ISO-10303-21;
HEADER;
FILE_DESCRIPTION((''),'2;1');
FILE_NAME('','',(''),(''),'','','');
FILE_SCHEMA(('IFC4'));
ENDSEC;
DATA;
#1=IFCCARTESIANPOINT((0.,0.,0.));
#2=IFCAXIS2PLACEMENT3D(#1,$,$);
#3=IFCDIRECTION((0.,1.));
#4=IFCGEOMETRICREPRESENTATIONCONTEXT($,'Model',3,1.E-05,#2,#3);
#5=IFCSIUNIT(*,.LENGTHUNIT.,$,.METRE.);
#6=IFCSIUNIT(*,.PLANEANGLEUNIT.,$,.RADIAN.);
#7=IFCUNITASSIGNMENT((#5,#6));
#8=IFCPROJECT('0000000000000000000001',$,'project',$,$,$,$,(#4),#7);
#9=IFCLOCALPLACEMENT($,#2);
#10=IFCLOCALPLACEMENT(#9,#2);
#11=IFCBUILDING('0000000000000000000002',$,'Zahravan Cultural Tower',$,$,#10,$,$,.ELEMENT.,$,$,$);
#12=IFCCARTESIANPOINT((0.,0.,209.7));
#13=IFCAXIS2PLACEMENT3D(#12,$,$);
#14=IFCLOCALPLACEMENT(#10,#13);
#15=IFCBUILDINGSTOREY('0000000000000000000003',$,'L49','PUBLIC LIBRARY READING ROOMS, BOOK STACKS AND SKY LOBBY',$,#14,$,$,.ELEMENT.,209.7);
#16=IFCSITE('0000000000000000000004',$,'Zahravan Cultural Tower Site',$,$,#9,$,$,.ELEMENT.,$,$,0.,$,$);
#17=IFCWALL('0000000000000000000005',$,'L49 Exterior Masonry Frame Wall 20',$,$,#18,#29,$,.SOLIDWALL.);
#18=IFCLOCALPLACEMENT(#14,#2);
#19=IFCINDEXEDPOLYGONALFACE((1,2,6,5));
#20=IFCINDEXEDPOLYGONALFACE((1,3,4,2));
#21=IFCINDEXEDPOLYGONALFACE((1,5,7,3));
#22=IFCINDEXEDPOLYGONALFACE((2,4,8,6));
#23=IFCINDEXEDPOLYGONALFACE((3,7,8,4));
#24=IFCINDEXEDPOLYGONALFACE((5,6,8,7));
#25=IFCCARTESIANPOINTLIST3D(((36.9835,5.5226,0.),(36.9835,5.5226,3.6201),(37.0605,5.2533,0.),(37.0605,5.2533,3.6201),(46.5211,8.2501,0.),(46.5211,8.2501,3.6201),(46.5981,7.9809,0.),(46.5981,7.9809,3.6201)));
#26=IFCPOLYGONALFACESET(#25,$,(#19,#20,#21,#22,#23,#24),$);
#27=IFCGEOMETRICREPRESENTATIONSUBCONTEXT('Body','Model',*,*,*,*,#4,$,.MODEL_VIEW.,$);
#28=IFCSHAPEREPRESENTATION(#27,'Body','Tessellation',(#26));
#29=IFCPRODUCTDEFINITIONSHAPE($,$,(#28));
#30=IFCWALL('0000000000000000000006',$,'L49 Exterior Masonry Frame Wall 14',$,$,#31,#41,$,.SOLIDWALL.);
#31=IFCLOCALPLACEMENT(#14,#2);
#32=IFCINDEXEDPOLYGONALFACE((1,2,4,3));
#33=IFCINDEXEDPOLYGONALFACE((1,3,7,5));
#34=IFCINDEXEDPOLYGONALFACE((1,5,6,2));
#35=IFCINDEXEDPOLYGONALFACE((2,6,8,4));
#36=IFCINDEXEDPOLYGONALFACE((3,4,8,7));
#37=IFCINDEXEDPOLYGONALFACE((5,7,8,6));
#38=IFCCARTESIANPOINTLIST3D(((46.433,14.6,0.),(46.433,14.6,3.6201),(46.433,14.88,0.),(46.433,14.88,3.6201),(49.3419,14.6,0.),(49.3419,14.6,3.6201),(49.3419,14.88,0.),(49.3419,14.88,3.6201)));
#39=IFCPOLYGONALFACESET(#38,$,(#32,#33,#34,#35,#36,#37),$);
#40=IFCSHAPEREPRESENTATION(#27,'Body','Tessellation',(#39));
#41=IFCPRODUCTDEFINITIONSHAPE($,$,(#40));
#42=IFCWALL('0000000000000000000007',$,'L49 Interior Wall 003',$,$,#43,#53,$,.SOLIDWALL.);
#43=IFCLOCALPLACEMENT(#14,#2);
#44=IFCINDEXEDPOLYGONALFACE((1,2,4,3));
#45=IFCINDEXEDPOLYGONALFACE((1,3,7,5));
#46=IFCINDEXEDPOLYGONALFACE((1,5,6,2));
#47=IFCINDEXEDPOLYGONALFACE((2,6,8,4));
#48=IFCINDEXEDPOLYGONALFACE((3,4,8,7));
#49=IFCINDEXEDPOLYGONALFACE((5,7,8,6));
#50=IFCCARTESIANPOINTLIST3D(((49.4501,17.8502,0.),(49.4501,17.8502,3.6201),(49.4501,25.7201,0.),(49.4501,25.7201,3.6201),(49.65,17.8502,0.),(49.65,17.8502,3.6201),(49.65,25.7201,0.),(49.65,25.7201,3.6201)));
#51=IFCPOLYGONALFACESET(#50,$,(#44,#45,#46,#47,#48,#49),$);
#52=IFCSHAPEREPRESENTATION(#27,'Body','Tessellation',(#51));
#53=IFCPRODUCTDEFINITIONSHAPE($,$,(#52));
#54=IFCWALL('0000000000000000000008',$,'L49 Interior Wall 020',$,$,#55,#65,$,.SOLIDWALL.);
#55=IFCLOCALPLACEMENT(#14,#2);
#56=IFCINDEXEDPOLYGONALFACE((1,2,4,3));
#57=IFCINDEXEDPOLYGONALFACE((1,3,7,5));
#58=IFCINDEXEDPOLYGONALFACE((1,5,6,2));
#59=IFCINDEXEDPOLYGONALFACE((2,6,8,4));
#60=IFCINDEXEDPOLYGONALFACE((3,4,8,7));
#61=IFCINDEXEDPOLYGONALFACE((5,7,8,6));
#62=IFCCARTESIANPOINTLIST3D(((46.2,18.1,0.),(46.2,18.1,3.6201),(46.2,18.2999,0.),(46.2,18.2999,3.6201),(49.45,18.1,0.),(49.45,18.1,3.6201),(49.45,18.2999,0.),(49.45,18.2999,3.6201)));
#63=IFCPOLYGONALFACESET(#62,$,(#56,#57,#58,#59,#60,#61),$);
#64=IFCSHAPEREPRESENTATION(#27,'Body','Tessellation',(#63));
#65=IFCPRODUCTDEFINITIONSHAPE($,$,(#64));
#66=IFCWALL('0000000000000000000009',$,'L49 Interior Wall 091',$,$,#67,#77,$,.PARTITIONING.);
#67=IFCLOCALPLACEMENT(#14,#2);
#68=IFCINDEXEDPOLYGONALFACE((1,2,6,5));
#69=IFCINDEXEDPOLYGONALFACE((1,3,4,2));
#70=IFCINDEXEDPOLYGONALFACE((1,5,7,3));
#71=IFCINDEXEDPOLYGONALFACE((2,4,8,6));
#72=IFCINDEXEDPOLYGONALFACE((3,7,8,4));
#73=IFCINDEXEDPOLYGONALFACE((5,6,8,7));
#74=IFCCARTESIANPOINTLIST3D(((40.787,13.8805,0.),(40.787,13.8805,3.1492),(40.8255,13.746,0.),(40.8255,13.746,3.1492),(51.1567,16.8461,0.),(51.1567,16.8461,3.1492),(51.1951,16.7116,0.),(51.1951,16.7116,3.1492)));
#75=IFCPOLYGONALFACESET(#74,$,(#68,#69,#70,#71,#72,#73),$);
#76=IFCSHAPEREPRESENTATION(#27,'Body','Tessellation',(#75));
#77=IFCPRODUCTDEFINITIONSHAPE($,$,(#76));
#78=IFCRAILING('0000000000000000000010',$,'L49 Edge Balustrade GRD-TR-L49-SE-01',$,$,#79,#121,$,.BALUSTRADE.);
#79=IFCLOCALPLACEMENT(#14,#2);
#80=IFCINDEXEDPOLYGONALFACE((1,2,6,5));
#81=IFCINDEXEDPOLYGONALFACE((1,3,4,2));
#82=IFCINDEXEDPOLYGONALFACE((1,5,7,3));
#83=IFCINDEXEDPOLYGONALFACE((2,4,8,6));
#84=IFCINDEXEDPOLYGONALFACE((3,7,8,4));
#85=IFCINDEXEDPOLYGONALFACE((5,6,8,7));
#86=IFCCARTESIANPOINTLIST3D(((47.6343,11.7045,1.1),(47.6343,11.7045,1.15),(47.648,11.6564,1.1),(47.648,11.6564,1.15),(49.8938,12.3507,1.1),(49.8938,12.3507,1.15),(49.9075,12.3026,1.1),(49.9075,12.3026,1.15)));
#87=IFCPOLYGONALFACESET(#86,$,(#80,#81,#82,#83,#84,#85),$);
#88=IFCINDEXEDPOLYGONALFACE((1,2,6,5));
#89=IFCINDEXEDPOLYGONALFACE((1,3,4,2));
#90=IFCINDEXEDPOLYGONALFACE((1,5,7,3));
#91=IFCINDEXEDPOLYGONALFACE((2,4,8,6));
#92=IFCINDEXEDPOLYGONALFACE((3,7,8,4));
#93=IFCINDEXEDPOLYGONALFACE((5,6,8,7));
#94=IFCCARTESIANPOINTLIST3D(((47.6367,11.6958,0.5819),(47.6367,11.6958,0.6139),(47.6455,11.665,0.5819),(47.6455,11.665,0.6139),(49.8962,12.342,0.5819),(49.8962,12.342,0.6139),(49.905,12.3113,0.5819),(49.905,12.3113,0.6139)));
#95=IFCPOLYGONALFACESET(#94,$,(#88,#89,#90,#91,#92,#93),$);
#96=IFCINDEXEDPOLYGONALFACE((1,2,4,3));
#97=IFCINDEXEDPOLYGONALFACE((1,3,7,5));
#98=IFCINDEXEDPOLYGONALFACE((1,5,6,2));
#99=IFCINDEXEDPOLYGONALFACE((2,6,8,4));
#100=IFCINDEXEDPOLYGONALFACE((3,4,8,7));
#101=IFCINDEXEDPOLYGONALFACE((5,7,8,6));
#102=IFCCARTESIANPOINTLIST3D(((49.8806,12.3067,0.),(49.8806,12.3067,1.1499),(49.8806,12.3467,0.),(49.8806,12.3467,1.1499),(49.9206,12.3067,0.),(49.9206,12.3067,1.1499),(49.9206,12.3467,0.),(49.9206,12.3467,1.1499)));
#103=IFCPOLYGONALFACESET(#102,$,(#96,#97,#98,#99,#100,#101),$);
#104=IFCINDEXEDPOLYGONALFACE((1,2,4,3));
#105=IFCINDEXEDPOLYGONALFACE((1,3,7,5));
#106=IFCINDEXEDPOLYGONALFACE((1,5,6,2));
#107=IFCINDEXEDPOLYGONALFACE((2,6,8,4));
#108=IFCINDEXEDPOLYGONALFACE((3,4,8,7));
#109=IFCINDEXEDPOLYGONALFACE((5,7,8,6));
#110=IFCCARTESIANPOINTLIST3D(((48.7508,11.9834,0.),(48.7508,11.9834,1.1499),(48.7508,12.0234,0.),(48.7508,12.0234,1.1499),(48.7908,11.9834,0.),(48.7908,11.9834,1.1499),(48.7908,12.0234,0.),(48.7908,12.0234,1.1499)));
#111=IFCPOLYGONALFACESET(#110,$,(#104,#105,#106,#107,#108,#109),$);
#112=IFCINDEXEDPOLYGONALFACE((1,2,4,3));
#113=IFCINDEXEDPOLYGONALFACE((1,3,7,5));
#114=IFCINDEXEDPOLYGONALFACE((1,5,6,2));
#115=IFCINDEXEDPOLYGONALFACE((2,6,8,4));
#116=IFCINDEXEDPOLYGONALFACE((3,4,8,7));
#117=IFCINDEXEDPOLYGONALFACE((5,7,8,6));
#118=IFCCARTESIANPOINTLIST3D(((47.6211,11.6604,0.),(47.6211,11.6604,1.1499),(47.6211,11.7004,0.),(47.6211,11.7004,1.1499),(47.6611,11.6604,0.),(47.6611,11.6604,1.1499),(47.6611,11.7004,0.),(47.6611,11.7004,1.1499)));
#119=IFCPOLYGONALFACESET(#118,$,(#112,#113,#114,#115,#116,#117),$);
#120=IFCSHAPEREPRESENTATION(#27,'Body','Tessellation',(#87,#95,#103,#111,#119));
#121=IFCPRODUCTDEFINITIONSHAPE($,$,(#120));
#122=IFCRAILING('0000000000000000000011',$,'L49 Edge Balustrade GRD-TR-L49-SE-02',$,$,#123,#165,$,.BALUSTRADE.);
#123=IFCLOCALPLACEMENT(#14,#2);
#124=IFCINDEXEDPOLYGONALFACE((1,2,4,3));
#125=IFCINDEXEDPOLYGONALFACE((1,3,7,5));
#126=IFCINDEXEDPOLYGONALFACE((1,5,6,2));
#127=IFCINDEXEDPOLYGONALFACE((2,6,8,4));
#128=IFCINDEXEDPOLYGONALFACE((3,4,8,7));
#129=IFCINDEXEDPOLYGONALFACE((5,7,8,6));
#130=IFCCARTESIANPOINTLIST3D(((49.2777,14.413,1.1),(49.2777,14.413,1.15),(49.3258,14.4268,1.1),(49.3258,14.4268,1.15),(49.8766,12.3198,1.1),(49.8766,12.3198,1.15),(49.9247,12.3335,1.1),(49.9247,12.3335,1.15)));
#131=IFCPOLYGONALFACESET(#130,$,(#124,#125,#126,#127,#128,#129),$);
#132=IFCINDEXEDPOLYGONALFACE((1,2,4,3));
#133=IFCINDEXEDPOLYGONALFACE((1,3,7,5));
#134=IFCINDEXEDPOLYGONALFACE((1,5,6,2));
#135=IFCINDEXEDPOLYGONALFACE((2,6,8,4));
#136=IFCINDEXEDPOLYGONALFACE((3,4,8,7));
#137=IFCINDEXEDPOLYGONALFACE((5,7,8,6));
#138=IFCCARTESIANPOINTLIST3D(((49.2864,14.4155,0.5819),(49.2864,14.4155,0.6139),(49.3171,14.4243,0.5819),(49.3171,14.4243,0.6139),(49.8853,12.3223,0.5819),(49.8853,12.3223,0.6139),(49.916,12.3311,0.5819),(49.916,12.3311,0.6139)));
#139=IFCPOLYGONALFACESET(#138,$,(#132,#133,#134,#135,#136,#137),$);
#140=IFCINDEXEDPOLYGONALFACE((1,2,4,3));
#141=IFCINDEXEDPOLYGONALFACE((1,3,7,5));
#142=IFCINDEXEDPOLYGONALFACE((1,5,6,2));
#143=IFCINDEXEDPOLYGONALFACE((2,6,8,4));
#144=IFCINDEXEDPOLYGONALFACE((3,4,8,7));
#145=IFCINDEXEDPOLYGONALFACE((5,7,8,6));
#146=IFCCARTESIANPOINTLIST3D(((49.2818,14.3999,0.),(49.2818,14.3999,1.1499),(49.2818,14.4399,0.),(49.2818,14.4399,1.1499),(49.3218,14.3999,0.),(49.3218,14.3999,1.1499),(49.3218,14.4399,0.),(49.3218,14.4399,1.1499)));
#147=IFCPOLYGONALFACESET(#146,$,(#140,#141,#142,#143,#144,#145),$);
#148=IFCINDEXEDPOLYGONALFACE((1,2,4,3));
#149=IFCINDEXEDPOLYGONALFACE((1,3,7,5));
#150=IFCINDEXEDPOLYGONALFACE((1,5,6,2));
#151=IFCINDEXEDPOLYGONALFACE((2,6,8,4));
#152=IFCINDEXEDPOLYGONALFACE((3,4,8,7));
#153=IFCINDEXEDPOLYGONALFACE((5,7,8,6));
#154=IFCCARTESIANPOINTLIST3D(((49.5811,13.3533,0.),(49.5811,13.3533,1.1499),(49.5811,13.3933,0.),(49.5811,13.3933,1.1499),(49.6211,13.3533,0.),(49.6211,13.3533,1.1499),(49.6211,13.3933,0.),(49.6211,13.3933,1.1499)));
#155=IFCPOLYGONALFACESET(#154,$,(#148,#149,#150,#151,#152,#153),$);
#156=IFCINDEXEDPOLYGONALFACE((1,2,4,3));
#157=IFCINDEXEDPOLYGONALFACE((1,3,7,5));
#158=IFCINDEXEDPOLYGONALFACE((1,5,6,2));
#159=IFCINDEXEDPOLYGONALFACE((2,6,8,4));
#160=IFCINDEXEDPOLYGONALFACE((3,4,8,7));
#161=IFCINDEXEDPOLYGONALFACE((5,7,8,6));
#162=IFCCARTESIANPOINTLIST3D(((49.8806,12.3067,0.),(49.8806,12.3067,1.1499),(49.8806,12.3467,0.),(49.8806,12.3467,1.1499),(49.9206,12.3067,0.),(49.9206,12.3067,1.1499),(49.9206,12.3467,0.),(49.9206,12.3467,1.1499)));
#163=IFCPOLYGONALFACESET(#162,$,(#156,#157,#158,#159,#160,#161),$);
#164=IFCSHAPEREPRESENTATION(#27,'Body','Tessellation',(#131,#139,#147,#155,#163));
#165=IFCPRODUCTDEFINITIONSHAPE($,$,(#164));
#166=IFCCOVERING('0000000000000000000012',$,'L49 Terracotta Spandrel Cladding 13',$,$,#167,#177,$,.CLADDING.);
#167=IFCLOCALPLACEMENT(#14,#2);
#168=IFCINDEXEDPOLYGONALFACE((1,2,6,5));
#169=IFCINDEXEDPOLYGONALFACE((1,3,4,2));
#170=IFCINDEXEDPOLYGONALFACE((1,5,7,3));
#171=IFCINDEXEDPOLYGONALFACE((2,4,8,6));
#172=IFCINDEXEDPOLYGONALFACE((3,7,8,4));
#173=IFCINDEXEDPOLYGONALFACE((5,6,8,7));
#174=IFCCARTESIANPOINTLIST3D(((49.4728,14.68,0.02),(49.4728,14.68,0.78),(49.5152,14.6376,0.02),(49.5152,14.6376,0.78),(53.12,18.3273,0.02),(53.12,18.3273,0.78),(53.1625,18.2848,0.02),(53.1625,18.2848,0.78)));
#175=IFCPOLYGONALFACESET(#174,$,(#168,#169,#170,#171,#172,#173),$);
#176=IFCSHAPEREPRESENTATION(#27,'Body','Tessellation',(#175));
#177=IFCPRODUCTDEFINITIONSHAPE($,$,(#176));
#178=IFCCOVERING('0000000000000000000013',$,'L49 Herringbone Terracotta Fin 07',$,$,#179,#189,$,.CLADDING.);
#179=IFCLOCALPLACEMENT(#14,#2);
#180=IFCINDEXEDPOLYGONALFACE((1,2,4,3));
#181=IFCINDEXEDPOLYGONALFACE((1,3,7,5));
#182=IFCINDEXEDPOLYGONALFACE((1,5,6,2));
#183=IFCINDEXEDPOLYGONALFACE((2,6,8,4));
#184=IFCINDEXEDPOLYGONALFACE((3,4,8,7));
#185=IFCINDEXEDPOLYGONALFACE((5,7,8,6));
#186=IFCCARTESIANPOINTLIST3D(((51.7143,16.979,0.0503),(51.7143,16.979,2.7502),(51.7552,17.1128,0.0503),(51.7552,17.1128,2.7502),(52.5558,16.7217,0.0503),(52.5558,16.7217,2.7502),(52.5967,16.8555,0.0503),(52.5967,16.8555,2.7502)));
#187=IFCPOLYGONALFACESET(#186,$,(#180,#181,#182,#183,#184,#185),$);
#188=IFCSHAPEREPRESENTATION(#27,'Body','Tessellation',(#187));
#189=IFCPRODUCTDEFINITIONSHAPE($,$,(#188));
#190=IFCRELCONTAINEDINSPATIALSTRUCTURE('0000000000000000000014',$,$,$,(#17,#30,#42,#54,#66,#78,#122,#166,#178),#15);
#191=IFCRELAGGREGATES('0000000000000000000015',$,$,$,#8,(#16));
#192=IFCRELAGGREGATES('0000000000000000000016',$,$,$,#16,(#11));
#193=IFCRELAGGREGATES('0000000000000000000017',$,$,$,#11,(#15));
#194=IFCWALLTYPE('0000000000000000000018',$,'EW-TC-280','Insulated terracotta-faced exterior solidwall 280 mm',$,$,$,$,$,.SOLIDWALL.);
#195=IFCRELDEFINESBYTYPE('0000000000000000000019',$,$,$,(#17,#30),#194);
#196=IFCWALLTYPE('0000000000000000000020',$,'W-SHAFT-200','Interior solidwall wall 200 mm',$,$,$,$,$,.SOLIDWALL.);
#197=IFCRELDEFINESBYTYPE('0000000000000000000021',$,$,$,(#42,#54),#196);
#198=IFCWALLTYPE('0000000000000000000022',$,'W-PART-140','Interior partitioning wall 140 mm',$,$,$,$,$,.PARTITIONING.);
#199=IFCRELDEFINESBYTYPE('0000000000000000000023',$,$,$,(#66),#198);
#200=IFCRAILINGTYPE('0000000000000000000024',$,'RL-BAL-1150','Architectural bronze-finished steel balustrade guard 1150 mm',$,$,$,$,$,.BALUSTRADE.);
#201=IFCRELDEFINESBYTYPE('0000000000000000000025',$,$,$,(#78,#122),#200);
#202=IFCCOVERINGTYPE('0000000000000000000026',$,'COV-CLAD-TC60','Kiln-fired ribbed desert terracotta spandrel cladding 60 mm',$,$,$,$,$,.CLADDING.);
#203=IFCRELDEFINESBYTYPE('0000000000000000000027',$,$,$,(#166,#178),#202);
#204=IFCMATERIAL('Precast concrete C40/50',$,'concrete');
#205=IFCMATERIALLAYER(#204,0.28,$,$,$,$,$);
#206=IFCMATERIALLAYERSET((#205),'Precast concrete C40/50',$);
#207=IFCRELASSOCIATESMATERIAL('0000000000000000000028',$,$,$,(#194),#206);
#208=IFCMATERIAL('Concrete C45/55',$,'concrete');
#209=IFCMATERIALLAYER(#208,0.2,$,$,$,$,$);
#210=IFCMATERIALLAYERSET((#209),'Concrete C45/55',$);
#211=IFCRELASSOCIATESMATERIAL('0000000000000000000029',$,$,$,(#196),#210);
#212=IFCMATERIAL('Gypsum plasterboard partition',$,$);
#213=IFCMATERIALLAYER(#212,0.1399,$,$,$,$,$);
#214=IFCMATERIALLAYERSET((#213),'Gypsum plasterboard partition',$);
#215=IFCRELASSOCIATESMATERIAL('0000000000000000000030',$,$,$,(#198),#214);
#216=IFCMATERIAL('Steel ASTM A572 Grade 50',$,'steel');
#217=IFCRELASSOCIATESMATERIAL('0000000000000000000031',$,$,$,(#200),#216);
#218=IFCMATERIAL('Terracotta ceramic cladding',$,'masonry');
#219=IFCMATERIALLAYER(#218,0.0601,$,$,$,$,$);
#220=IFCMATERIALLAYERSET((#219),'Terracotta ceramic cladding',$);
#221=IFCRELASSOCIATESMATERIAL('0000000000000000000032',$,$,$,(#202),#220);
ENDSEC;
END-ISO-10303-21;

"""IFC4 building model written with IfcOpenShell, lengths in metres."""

from ifc_helpers import new_model, si_unit, direction, frame, frame_2d, origin, origin_2d, place, context, subcontext, project, spatial, rectangle, extrude, source, transform, mapped, material, layer, layer_set, type_object, element, save


model = new_model("IFC4")

# Units and contexts
model_context = context("Model", 3, precision=1e-05, world=origin(), true_north=direction((0.0, 1.0)))
body_context = subcontext(model_context, "Body", "Model", "MODEL_VIEW")
ifc_project = project(units=[si_unit("LENGTHUNIT", "METRE"), si_unit("PLANEANGLEUNIT", "RADIAN")], contexts=[model_context])

# Site, building, storey
site_placement = place(None, origin())
site = spatial("IfcSite", under=ifc_project, at=site_placement, Name="Zahravan Cultural Tower Site", CompositionType="ELEMENT", RefElevation=0.0)
building_placement = place(site_placement, origin())
building = spatial("IfcBuilding", under=site, at=building_placement, Name="Zahravan Cultural Tower", CompositionType="ELEMENT")
storey_placement = place(building_placement, frame((0.0, 0.0, 209.7)))
storey = spatial("IfcBuildingStorey", under=building, at=storey_placement, Name="L49", Description="PUBLIC LIBRARY READING ROOMS, BOOK STACKS AND SKY LOBBY", CompositionType="ELEMENT", Elevation=209.7)

# Shared definitions
ifc_material_1 = material(Name="Precast concrete C40/50", Category="concrete")
ifc_layer_1 = layer(ifc_material_1, 0.28)
ifc_layer_set_1 = layer_set([ifc_layer_1], Name="Precast concrete C40/50")
wall_type_1 = type_object("IfcWallType", Name="EW-TC-280", Description="Insulated terracotta-faced exterior solidwall 280 mm", PredefinedType="SOLIDWALL", material=ifc_layer_set_1)
ifc_material_2 = material(Name="Concrete C45/55", Category="concrete")
ifc_layer_2 = layer(ifc_material_2, 0.2)
ifc_layer_set_2 = layer_set([ifc_layer_2], Name="Concrete C45/55")
wall_type_2 = type_object("IfcWallType", Name="W-SHAFT-200", Description="Interior solidwall wall 200 mm", PredefinedType="SOLIDWALL", material=ifc_layer_set_2)
ifc_material_3 = material(Name="Steel ASTM A572 Grade 50", Category="steel")

# Walls
shared_shape_1 = source(origin(), body_context, "Body", "SweptSolid", [
    extrude(rectangle(XDim=9.9199, YDim=0.28, at=frame_2d((4.96, 0.0))), origin(), (0.0, 0.0, 1.0), 3.6201),
])
wall_1_placement = place(storey_placement, frame((46.5596, 8.1155, 0.0), z_axis=(0.0, 0.0, 1.0), x_axis=(-0.961457, -0.274955, 0.0)))
element("IfcWall", 1, at=wall_1_placement, inside=storey, type_object=wall_type_1, Name="L49 Exterior Masonry Frame Wall 20", PredefinedType="SOLIDWALL", context=body_context, shape_type="MappedRepresentation", body=[
    mapped(shared_shape_1, transform((0.0, 0.0, 0.0), x_axis=(1.0, 0.0, 0.0), y_axis=(0.0, 1.0, 0.0), z_axis=(0.0, 0.0, 1.0), scale=1.0)),
])
shared_shape_2 = source(origin(), body_context, "Body", "SweptSolid", [
    extrude(rectangle(XDim=2.9089, YDim=0.28, at=frame_2d((1.4546, 0.0))), origin(), (0.0, 0.0, 1.0), 3.6201),
])
wall_2_placement = place(storey_placement, frame((49.342, 14.74, 0.0), z_axis=(0.0, 0.0, 1.0), x_axis=(-1.0, 0.0, 0.0)))
element("IfcWall", 2, at=wall_2_placement, inside=storey, type_object=wall_type_1, Name="L49 Exterior Masonry Frame Wall 14", PredefinedType="SOLIDWALL", context=body_context, shape_type="MappedRepresentation", body=[
    mapped(shared_shape_2, transform((0.0, 0.0, 0.0), x_axis=(1.0, 0.0, 0.0), y_axis=(0.0, 1.0, 0.0), z_axis=(0.0, 0.0, 1.0), scale=1.0)),
])
shared_shape_3 = source(origin(), body_context, "Body", "SweptSolid", [
    extrude(rectangle(XDim=7.8699, YDim=0.2, at=frame_2d((3.9351, 0.0))), origin(), (0.0, 0.0, 1.0), 3.6201),
])
wall_3_placement = place(storey_placement, frame((49.55, 17.8501, 0.0), z_axis=(0.0, 0.0, 1.0), x_axis=(0.0, 1.0, 0.0)))
element("IfcWall", 3, at=wall_3_placement, inside=storey, type_object=wall_type_2, Name="L49 Interior Wall 003", PredefinedType="SOLIDWALL", context=body_context, shape_type="MappedRepresentation", body=[
    mapped(shared_shape_3, transform((0.0, 0.0, 0.0), x_axis=(1.0, 0.0, 0.0), y_axis=(0.0, 1.0, 0.0), z_axis=(0.0, 0.0, 1.0), scale=1.0)),
])
shared_shape_4 = source(origin(), body_context, "Body", "SweptSolid", [
    extrude(rectangle(XDim=3.25, YDim=0.2, at=frame_2d((1.625, 0.0))), origin(), (0.0, 0.0, 1.0), 3.6201),
])
wall_4_placement = place(storey_placement, frame((46.2, 18.2, 0.0), z_axis=(0.0, 0.0, 1.0), x_axis=(1.0, 0.0, 0.0)))
element("IfcWall", 4, at=wall_4_placement, inside=storey, type_object=wall_type_2, Name="L49 Interior Wall 020", PredefinedType="SOLIDWALL", context=body_context, shape_type="MappedRepresentation", body=[
    mapped(shared_shape_4, transform((0.0, 0.0, 0.0), x_axis=(1.0, 0.0, 0.0), y_axis=(0.0, 1.0, 0.0), z_axis=(0.0, 0.0, 1.0), scale=1.0)),
])
ifc_material_4 = material(Name="Gypsum plasterboard partition")
ifc_layer_3 = layer(ifc_material_4, 0.1399)
ifc_layer_set_3 = layer_set([ifc_layer_3], Name="Gypsum plasterboard partition")
wall_type_3 = type_object("IfcWallType", Name="W-PART-140", Description="Interior partitioning wall 140 mm", PredefinedType="PARTITIONING", material=ifc_layer_set_3)
shared_shape_5 = source(origin(), body_context, "Body", "SweptSolid", [
    extrude(rectangle(XDim=10.7854, YDim=0.1399, at=frame_2d((5.3926, 0.0))), origin(), (0.0, 0.0, 1.0), 3.1492),
])
wall_5_placement = place(storey_placement, frame((51.1758, 16.7788, 0.0), z_axis=(0.0, 0.0, 1.0), x_axis=(-0.961455, -0.274963, 0.0)))
element("IfcWall", 5, at=wall_5_placement, inside=storey, type_object=wall_type_3, Name="L49 Interior Wall 091", PredefinedType="PARTITIONING", context=body_context, shape_type="MappedRepresentation", body=[
    mapped(shared_shape_5, transform((0.0, 0.0, 0.0), x_axis=(1.0, 0.0, 0.0), y_axis=(0.0, 1.0, 0.0), z_axis=(0.0, 0.0, 1.0), scale=1.0)),
])

# Railings
railing_type = type_object("IfcRailingType", Name="RL-BAL-1150", Description="Architectural bronze-finished steel balustrade guard 1150 mm", PredefinedType="BALUSTRADE", material=ifc_material_3)
railing_1_placement = place(storey_placement, frame((49.9006, 12.3267, 0.0)))
element("IfcRailing", 6, at=railing_1_placement, inside=storey, type_object=railing_type, Name="L49 Edge Balustrade GRD-TR-L49-SE-01", PredefinedType="BALUSTRADE", context=body_context, shape_type="SweptSolid", body=[
    extrude(rectangle(XDim=0.05, YDim=0.05, at=origin_2d()), frame((0.0, 0.0, 1.125), z_axis=(-0.961449, -0.274982, 0.0), x_axis=(0.274982, -0.961449, 0.0)), (0.0, 0.0, 1.0), 2.3501),
    extrude(rectangle(XDim=0.032, YDim=0.032, at=origin_2d()), frame((0.0, 0.0, 0.5979), z_axis=(-0.961449, -0.274982, 0.0), x_axis=(0.274982, -0.961449, 0.0)), (0.0, 0.0, 1.0), 2.3501),
    extrude(rectangle(XDim=0.04, YDim=0.04, at=origin_2d()), origin(), (0.0, 0.0, 1.0), 1.1499),
    extrude(rectangle(XDim=0.04, YDim=0.04, at=origin_2d()), frame((-1.1299, -0.3232, 0.0)), (0.0, 0.0, 1.0), 1.1499),
    extrude(rectangle(XDim=0.04, YDim=0.04, at=origin_2d()), frame((-2.2595, -0.6462, 0.0)), (0.0, 0.0, 1.0), 1.1499),
])
railing_2_placement = place(storey_placement, frame((49.3018, 14.4199, 0.0)))
element("IfcRailing", 7, at=railing_2_placement, inside=storey, type_object=railing_type, Name="L49 Edge Balustrade GRD-TR-L49-SE-02", PredefinedType="BALUSTRADE", context=body_context, shape_type="SweptSolid", body=[
    extrude(rectangle(XDim=0.05, YDim=0.05, at=origin_2d()), frame((0.0, 0.0, 1.125), z_axis=(0.275062, -0.961427, 0.0), x_axis=(0.961427, 0.275062, 0.0)), (0.0, 0.0, 1.0), 2.1772),
    extrude(rectangle(XDim=0.032, YDim=0.032, at=origin_2d()), frame((0.0, 0.0, 0.5979), z_axis=(0.275062, -0.961427, 0.0), x_axis=(0.961427, 0.275062, 0.0)), (0.0, 0.0, 1.0), 2.1772),
    extrude(rectangle(XDim=0.04, YDim=0.04, at=origin_2d()), origin(), (0.0, 0.0, 1.0), 1.1499),
    extrude(rectangle(XDim=0.04, YDim=0.04, at=origin_2d()), frame((0.2993, -1.0466, 0.0)), (0.0, 0.0, 1.0), 1.1499),
    extrude(rectangle(XDim=0.04, YDim=0.04, at=origin_2d()), frame((0.5989, -2.0933, 0.0)), (0.0, 0.0, 1.0), 1.1499),
])

# Coverings
ifc_material_5 = material(Name="Terracotta ceramic cladding", Category="masonry")
ifc_layer_4 = layer(ifc_material_5, 0.0601)
ifc_layer_set_4 = layer_set([ifc_layer_4], Name="Terracotta ceramic cladding")
covering_type = type_object("IfcCoveringType", Name="COV-CLAD-TC60", Description="Kiln-fired ribbed desert terracotta spandrel cladding 60 mm", PredefinedType="CLADDING", material=ifc_layer_set_4)
shared_shape_6 = source(origin(), body_context, "Body", "SweptSolid", [
    extrude(rectangle(XDim=5.158, YDim=0.0601, at=origin_2d()), origin(), (0.0, 0.0, 1.0), 0.76),
])
covering_1_placement = place(storey_placement, frame((51.3176, 16.4824, 0.02), z_axis=(0.0, 0.0, 1.0), x_axis=(-0.707107, -0.707107, 0.0)))
element("IfcCovering", 8, at=covering_1_placement, inside=storey, type_object=covering_type, Name="L49 Terracotta Spandrel Cladding 13", PredefinedType="CLADDING", context=body_context, shape_type="MappedRepresentation", body=[
    mapped(shared_shape_6, transform((0.0, 0.0, 0.0), x_axis=(1.0, 0.0, 0.0), y_axis=(0.0, 1.0, 0.0), z_axis=(0.0, 0.0, 1.0), scale=1.0)),
])
shared_shape_7 = source(origin(), body_context, "Body", "SweptSolid", [
    extrude(rectangle(XDim=0.8799, YDim=0.1399, at=origin_2d()), origin(), (0.0, 0.0, 1.0), 2.7),
])
for number, where, z_axis, x_axis, name in (
    (9, (52.1555, 16.9172, 0.0503), (0.0, 0.0, 1.0), (0.956305, -0.292372, 0.0), "L49 Herringbone Terracotta Fin 07"),
):
    element("IfcCovering", number, at=place(storey_placement, frame(where, z_axis=z_axis, x_axis=x_axis)), inside=storey, type_object=covering_type, Name=name, PredefinedType="CLADDING", context=body_context, shape_type="MappedRepresentation", body=[
        mapped(shared_shape_7, transform((0.0, 0.0, 0.0), x_axis=(1.0, 0.0, 0.0), y_axis=(0.0, 1.0, 0.0), z_axis=(0.0, 0.0, 1.0), scale=1.0)),
    ])

save(model, "model.ifc")
